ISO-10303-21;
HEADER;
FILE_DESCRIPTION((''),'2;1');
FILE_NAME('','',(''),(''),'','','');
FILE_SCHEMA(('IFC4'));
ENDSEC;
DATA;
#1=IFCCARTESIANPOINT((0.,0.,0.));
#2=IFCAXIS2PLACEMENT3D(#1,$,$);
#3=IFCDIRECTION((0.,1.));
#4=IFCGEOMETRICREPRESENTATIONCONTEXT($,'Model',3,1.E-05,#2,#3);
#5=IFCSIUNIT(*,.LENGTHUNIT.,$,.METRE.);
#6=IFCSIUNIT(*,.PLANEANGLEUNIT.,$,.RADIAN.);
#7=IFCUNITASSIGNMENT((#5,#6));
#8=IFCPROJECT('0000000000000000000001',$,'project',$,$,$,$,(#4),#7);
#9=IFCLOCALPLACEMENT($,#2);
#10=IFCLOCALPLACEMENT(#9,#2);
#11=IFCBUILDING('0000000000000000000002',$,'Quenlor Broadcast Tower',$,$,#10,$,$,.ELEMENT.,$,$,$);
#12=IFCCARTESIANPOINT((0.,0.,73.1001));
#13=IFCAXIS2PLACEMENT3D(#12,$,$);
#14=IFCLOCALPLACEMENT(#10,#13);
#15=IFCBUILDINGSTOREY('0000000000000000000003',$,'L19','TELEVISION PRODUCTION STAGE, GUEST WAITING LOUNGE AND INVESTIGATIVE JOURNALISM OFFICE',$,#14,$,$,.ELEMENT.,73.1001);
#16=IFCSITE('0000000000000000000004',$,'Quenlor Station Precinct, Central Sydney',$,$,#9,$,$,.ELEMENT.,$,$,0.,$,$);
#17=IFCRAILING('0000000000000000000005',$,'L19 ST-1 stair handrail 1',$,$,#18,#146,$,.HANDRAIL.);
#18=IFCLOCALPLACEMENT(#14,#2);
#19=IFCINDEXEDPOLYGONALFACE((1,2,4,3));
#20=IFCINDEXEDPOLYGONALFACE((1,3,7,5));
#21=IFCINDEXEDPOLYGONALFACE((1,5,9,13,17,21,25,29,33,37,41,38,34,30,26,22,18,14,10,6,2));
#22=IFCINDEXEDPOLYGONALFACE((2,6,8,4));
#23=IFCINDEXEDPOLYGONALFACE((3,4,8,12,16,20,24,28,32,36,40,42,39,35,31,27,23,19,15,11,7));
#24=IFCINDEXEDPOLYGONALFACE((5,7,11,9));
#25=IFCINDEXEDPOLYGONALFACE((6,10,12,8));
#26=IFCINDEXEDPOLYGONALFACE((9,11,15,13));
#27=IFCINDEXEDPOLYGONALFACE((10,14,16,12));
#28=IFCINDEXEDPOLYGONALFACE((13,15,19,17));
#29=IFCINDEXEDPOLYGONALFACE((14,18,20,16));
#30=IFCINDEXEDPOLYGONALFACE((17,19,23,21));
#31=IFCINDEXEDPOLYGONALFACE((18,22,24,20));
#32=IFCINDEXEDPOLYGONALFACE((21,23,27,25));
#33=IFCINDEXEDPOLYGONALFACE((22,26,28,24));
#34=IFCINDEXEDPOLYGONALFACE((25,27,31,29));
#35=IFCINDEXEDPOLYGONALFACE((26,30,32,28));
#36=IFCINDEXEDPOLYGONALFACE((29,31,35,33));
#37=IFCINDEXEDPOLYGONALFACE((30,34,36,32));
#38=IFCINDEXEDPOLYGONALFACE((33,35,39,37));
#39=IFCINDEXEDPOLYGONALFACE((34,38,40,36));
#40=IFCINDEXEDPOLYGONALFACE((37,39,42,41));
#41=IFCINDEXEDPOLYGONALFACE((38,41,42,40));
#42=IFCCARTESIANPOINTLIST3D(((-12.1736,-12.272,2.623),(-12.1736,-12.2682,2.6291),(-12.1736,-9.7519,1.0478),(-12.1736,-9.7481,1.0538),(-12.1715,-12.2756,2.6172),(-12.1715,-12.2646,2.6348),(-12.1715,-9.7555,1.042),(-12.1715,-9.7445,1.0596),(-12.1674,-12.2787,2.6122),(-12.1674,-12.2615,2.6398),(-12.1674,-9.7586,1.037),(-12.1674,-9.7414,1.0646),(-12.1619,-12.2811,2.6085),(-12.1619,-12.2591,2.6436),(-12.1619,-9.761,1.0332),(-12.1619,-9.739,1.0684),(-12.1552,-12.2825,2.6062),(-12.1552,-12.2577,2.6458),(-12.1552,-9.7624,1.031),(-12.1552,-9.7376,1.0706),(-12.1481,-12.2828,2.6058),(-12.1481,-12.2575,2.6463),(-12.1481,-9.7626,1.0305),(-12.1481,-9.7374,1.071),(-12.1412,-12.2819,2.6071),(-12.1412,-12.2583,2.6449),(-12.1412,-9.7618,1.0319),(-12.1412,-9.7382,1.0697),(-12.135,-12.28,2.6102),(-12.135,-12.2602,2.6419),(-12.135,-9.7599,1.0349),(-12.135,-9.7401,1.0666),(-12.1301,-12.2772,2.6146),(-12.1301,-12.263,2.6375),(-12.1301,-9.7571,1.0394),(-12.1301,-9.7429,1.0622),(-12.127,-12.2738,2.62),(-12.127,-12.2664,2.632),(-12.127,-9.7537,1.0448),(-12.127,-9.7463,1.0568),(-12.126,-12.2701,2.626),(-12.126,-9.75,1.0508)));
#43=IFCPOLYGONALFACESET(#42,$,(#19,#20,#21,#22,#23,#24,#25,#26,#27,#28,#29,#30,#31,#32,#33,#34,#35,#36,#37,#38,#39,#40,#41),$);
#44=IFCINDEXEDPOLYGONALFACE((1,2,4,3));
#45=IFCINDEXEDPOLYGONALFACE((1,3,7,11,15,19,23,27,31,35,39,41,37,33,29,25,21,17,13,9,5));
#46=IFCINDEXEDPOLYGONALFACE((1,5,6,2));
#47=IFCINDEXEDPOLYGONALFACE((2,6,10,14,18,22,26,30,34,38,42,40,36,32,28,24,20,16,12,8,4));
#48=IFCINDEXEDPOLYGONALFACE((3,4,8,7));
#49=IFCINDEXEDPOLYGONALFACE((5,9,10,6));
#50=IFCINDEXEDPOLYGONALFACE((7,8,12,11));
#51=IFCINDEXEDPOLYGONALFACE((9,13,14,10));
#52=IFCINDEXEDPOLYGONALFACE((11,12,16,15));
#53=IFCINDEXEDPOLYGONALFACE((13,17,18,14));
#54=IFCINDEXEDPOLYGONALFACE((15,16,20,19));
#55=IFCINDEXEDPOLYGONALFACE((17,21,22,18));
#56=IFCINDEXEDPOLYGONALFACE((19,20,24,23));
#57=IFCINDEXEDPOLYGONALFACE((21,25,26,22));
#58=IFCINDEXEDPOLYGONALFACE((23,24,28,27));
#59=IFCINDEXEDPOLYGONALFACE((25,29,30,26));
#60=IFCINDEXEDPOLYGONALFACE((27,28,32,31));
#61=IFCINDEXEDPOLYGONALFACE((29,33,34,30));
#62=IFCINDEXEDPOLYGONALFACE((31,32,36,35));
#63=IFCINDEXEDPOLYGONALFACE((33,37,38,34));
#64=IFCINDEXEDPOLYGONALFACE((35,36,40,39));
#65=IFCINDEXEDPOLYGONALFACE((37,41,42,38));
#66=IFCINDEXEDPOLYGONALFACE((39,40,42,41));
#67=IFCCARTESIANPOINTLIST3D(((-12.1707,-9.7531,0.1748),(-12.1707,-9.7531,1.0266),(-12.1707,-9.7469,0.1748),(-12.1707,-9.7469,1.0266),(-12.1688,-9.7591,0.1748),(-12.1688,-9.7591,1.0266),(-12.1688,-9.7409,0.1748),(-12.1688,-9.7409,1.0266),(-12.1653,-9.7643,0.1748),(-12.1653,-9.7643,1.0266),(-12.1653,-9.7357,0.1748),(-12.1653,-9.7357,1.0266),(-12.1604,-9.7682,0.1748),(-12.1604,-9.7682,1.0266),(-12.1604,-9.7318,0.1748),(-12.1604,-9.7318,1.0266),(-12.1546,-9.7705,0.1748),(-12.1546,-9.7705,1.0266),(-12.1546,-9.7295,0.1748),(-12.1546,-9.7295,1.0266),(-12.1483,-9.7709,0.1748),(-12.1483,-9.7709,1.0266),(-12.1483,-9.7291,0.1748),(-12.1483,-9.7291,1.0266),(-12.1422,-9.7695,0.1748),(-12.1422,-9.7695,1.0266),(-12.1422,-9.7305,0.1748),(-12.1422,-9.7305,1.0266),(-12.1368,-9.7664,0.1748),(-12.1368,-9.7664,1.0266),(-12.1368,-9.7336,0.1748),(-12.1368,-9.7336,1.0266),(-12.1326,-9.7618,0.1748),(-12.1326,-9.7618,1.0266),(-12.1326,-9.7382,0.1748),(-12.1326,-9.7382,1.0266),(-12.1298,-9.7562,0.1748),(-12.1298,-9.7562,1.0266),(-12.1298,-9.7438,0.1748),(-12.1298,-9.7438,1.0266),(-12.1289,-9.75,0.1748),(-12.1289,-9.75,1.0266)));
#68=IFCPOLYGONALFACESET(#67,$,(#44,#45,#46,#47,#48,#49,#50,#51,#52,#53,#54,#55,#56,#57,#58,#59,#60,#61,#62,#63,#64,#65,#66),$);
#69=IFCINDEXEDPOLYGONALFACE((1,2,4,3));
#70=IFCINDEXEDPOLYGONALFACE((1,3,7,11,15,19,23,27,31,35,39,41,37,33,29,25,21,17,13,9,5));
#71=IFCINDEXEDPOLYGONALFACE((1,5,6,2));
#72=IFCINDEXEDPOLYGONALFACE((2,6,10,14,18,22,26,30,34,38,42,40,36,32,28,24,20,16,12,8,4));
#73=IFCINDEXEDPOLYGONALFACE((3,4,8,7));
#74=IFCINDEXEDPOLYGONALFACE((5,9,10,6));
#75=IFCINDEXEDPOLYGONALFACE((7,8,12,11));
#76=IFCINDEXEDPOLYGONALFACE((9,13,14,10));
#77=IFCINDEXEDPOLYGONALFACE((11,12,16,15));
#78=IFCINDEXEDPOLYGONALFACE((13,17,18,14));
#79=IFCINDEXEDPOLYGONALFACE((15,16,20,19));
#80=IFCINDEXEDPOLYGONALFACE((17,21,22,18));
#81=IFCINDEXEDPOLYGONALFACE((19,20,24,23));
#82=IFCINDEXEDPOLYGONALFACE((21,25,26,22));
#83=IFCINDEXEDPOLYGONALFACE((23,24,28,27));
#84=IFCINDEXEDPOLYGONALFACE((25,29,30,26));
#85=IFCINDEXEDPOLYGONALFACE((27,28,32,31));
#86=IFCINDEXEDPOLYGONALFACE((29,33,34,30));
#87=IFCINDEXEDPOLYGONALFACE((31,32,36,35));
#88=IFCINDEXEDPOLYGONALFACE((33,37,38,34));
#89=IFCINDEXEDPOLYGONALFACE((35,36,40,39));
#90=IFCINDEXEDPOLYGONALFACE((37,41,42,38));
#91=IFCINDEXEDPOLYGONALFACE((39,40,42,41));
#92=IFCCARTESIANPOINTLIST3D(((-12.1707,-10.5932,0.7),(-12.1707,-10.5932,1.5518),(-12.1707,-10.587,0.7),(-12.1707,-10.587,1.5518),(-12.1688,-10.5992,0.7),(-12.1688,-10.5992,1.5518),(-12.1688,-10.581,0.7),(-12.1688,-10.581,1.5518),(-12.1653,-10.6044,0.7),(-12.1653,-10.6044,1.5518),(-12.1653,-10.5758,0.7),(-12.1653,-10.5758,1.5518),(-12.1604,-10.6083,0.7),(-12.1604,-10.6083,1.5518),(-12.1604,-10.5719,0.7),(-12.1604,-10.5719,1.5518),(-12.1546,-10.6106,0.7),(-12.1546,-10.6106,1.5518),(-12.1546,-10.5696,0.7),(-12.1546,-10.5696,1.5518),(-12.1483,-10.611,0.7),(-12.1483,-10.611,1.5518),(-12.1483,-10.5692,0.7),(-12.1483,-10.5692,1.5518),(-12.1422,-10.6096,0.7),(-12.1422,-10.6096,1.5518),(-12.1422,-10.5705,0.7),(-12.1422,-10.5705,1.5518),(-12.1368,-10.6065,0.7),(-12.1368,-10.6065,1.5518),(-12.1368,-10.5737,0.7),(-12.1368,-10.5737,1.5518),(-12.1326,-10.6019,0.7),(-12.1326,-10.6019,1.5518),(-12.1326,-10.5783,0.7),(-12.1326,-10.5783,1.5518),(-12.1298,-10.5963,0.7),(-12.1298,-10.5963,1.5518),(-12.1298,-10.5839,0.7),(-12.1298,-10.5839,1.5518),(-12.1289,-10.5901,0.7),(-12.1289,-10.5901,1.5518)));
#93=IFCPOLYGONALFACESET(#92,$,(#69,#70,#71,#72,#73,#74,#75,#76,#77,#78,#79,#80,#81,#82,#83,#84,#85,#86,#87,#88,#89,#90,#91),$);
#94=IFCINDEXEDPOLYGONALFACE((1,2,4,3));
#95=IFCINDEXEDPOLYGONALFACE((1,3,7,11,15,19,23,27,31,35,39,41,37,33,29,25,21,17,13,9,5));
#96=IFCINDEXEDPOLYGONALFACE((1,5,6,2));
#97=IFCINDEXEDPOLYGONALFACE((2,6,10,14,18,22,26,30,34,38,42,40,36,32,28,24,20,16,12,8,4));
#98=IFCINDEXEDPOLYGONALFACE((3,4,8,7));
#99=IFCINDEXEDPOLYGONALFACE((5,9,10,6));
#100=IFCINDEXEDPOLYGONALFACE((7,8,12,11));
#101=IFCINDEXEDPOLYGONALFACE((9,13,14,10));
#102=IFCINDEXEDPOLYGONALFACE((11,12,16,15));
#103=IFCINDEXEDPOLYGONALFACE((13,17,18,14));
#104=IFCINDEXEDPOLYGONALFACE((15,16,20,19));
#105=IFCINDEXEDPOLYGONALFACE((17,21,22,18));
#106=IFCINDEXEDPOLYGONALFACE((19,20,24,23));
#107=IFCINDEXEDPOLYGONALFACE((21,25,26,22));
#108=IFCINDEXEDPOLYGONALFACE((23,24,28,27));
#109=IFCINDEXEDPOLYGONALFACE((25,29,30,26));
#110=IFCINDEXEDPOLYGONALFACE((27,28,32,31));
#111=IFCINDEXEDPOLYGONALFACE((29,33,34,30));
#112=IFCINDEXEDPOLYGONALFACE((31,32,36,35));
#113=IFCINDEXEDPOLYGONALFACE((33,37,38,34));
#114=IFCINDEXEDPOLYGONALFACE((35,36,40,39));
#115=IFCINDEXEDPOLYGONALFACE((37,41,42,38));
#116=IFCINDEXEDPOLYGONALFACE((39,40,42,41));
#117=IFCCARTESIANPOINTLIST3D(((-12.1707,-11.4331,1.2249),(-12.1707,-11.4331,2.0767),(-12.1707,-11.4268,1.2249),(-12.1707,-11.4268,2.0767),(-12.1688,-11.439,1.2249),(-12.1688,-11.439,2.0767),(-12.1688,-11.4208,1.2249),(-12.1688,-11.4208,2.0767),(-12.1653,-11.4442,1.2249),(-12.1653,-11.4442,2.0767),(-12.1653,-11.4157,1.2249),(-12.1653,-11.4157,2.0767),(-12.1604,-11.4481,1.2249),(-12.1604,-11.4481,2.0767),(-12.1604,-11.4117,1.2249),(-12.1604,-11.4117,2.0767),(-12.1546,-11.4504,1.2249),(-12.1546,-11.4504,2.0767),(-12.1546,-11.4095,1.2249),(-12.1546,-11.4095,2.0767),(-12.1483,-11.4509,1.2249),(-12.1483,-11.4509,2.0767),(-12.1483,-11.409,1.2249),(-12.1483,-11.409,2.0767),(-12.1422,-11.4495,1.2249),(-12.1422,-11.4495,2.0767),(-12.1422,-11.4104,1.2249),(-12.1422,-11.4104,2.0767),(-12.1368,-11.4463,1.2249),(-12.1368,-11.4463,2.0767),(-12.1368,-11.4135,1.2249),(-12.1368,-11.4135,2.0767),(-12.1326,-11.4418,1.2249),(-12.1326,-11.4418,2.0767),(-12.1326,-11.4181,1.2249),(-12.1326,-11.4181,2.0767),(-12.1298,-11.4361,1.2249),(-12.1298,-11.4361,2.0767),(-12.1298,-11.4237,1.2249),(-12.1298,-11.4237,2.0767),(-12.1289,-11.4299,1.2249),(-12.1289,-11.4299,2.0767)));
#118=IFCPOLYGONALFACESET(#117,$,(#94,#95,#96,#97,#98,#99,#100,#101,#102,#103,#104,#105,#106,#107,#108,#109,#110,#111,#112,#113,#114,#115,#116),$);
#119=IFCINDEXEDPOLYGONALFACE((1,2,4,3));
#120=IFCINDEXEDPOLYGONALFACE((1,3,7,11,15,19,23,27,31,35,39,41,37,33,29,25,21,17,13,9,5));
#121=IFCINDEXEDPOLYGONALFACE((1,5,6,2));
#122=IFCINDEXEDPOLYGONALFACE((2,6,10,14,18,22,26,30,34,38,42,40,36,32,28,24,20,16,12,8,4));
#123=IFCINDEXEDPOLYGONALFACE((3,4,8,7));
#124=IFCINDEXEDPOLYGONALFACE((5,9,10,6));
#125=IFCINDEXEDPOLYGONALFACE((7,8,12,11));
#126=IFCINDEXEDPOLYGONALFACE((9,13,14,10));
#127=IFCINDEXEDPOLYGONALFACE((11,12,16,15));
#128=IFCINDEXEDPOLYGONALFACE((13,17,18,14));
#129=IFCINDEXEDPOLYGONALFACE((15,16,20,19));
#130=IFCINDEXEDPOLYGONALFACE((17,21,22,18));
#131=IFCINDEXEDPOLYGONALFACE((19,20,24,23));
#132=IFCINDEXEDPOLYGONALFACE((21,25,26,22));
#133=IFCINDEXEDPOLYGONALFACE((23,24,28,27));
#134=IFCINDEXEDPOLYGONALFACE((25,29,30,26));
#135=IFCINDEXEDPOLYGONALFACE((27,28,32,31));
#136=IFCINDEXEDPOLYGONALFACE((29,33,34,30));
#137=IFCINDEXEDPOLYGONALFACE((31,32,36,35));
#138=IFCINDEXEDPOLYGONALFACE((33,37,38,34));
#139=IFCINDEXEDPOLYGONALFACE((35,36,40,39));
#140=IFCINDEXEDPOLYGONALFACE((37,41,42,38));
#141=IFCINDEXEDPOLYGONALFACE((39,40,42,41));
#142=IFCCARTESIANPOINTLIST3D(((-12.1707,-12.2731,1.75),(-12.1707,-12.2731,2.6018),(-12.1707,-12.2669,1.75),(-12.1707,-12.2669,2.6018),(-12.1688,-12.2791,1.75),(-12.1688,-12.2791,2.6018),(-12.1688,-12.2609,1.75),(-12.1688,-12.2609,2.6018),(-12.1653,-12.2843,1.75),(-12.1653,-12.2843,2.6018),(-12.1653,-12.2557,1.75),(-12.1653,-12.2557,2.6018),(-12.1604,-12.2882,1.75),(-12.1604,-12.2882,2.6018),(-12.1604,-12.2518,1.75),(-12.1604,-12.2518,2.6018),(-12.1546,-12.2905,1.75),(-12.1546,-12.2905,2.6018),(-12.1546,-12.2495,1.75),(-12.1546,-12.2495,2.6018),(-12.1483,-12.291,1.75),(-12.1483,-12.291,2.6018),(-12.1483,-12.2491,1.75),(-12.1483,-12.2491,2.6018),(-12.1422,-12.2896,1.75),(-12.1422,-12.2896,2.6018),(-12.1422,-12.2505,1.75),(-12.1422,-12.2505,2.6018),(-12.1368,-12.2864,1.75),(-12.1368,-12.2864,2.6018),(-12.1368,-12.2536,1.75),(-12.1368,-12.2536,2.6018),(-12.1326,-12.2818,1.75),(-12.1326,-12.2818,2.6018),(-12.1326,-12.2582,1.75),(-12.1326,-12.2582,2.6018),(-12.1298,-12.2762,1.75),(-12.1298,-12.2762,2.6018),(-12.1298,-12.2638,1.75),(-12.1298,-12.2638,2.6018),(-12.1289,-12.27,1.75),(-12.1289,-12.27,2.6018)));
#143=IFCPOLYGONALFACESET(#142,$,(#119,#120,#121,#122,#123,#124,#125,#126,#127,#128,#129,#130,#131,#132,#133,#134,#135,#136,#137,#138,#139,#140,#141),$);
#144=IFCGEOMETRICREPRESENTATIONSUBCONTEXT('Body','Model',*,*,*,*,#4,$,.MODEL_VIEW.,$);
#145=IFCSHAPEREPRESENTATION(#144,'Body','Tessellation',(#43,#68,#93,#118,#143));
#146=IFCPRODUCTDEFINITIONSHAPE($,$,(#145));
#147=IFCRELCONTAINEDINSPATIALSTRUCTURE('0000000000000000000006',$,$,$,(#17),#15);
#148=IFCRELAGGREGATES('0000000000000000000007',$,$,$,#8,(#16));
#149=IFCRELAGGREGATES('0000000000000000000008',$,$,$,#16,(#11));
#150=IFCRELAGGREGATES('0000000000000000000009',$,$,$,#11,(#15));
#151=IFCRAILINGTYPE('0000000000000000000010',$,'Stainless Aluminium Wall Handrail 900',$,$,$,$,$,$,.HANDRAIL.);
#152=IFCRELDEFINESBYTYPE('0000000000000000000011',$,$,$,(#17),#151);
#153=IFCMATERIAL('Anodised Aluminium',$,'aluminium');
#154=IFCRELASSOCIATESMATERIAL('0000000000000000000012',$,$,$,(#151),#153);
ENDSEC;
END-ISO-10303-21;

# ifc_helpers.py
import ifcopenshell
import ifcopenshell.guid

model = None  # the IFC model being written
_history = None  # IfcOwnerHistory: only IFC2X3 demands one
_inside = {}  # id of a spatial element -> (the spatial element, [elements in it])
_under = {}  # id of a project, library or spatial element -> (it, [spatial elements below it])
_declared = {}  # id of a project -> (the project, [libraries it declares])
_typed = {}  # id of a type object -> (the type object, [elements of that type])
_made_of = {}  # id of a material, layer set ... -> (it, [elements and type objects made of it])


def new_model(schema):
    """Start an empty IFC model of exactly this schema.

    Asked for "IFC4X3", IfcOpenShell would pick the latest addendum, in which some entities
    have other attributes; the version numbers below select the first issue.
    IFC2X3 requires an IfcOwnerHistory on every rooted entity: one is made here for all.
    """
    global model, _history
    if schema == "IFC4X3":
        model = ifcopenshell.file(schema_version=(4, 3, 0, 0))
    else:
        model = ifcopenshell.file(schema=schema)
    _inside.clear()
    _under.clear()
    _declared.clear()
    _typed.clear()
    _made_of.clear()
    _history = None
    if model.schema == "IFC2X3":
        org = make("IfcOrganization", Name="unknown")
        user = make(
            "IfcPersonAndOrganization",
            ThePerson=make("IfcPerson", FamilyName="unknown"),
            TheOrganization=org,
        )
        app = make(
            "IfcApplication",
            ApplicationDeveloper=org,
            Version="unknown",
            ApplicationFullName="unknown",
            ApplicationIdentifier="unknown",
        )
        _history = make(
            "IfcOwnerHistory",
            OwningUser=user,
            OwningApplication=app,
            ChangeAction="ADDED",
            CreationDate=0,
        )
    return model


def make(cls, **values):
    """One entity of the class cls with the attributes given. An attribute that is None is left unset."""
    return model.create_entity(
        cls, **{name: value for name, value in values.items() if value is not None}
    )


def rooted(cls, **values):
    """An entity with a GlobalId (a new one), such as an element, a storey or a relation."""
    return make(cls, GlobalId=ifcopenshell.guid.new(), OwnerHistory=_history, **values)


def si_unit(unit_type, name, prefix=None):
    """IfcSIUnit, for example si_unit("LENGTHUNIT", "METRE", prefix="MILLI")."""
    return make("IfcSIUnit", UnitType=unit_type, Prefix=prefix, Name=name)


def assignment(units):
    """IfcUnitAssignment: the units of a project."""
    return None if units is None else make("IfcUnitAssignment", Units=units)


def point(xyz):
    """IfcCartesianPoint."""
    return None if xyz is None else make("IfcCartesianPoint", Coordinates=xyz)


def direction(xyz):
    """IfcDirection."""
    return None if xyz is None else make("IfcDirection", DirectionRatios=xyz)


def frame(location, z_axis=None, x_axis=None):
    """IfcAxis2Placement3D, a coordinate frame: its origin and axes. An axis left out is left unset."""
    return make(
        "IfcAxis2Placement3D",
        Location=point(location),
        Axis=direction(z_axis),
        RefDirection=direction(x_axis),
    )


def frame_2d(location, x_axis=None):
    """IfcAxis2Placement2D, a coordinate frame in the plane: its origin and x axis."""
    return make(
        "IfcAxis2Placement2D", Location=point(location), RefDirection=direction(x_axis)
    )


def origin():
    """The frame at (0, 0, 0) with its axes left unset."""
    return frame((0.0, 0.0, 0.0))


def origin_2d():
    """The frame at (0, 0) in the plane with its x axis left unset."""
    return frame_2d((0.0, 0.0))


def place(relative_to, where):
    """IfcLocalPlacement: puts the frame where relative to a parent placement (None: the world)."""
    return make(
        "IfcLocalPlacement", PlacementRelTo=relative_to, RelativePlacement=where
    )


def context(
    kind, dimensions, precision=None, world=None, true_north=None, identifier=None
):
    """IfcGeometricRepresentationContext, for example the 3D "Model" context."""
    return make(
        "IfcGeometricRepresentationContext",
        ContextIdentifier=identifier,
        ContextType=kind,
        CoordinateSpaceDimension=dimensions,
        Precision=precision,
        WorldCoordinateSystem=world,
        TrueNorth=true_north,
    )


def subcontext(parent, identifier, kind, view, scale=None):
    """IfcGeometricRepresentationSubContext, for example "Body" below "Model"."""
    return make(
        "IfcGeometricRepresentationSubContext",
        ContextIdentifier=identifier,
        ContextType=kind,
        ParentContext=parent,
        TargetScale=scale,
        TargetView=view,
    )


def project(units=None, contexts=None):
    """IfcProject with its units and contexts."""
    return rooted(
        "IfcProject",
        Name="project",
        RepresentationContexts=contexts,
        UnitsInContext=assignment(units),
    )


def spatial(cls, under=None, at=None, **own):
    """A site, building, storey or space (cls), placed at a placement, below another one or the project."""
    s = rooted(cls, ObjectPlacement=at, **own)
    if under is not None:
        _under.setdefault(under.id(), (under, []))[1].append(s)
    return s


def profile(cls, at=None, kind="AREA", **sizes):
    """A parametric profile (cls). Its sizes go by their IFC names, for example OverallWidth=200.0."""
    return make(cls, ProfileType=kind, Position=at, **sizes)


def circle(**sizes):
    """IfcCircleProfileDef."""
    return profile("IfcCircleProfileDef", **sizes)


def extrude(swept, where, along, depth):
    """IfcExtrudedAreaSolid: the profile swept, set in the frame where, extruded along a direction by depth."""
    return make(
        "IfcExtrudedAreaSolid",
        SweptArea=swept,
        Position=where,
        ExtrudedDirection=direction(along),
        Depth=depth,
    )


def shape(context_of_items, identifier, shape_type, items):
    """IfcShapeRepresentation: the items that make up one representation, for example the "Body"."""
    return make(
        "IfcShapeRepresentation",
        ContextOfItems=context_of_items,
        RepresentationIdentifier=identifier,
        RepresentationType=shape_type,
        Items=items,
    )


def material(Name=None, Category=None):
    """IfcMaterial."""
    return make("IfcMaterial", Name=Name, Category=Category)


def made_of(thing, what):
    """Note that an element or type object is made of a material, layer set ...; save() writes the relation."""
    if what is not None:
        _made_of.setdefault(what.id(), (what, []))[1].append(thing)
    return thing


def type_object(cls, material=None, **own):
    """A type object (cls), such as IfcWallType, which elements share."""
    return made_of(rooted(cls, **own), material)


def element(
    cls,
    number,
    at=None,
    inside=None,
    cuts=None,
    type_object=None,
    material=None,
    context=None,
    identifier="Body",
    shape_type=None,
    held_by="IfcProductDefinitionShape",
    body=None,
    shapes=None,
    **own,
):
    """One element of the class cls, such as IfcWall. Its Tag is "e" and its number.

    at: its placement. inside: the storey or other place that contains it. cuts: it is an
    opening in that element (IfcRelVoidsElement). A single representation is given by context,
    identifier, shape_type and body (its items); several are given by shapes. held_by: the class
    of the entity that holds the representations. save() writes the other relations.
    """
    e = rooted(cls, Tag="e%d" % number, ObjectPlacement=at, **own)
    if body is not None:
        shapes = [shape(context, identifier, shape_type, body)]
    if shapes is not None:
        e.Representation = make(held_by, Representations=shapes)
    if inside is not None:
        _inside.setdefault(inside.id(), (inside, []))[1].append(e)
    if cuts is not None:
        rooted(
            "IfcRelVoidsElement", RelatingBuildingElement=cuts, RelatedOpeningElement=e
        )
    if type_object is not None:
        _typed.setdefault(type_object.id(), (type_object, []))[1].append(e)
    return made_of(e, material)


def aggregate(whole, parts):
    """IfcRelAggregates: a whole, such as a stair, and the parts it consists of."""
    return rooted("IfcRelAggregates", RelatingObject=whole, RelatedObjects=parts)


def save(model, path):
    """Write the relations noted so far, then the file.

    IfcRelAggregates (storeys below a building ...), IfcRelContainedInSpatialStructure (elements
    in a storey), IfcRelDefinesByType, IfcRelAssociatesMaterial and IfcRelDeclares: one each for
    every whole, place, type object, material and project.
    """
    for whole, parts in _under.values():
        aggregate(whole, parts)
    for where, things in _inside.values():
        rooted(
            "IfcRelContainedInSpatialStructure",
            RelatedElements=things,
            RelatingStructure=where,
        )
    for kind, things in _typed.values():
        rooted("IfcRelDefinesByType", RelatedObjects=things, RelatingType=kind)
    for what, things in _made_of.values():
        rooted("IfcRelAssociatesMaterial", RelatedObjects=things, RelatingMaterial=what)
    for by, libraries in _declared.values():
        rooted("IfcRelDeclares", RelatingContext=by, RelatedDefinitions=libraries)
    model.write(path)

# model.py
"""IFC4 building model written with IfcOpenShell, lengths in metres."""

from ifc_helpers import new_model, si_unit, direction, frame, origin, origin_2d, place, context, subcontext, project, spatial, circle, extrude, material, type_object, element, save


model = new_model("IFC4")

# Units and contexts
model_context = context("Model", 3, precision=1e-05, world=origin(), true_north=direction((0.0, 1.0)))
body_context = subcontext(model_context, "Body", "Model", "MODEL_VIEW")
ifc_project = project(units=[si_unit("LENGTHUNIT", "METRE"), si_unit("PLANEANGLEUNIT", "RADIAN")], contexts=[model_context])

# Site, building, storey
site_placement = place(None, origin())
site = spatial("IfcSite", under=ifc_project, at=site_placement, Name="Quenlor Station Precinct, Central Sydney", CompositionType="ELEMENT", RefElevation=0.0)
building_placement = place(site_placement, origin())
building = spatial("IfcBuilding", under=site, at=building_placement, Name="Quenlor Broadcast Tower", CompositionType="ELEMENT")
storey_placement = place(building_placement, frame((0.0, 0.0, 73.1001)))
storey = spatial("IfcBuildingStorey", under=building, at=storey_placement, Name="L19", Description="TELEVISION PRODUCTION STAGE, GUEST WAITING LOUNGE AND INVESTIGATIVE JOURNALISM OFFICE", CompositionType="ELEMENT", Elevation=73.1001)

# Railing
ifc_material_1 = material(Name="Anodised Aluminium", Category="aluminium")
railing_type_1 = type_object("IfcRailingType", Name="Stainless Aluminium Wall Handrail 900", PredefinedType="HANDRAIL", material=ifc_material_1)
railing_1_placement = place(storey_placement, frame((-12.1499, -9.75, 0.1748)))
element("IfcRailing", 1, at=railing_1_placement, inside=storey, type_object=railing_type_1, Name="L19 ST-1 stair handrail 1", PredefinedType="HANDRAIL", context=body_context, shape_type="SweptSolid", body=[
    extrude(circle(Radius=0.0239, at=origin_2d()), frame((0.0, 0.0, 0.876), z_axis=(0.0, -0.847971, 0.530043), x_axis=(1.0, 0.0, 0.0)), (0.0, 0.0, 1.0), 2.9719),
    extrude(circle(Radius=0.021, at=origin_2d()), origin(), (0.0, 0.0, 1.0), 0.8518),
    extrude(circle(Radius=0.021, at=origin_2d()), frame((0.0, -0.8401, 0.5251)), (0.0, 0.0, 1.0), 0.8518),
    extrude(circle(Radius=0.021, at=origin_2d()), frame((0.0, -1.6799, 1.05)), (0.0, 0.0, 1.0), 0.8518),
    extrude(circle(Radius=0.021, at=origin_2d()), frame((0.0, -2.52, 1.5752)), (0.0, 0.0, 1.0), 0.8518),
])

save(model, "model.ifc")
